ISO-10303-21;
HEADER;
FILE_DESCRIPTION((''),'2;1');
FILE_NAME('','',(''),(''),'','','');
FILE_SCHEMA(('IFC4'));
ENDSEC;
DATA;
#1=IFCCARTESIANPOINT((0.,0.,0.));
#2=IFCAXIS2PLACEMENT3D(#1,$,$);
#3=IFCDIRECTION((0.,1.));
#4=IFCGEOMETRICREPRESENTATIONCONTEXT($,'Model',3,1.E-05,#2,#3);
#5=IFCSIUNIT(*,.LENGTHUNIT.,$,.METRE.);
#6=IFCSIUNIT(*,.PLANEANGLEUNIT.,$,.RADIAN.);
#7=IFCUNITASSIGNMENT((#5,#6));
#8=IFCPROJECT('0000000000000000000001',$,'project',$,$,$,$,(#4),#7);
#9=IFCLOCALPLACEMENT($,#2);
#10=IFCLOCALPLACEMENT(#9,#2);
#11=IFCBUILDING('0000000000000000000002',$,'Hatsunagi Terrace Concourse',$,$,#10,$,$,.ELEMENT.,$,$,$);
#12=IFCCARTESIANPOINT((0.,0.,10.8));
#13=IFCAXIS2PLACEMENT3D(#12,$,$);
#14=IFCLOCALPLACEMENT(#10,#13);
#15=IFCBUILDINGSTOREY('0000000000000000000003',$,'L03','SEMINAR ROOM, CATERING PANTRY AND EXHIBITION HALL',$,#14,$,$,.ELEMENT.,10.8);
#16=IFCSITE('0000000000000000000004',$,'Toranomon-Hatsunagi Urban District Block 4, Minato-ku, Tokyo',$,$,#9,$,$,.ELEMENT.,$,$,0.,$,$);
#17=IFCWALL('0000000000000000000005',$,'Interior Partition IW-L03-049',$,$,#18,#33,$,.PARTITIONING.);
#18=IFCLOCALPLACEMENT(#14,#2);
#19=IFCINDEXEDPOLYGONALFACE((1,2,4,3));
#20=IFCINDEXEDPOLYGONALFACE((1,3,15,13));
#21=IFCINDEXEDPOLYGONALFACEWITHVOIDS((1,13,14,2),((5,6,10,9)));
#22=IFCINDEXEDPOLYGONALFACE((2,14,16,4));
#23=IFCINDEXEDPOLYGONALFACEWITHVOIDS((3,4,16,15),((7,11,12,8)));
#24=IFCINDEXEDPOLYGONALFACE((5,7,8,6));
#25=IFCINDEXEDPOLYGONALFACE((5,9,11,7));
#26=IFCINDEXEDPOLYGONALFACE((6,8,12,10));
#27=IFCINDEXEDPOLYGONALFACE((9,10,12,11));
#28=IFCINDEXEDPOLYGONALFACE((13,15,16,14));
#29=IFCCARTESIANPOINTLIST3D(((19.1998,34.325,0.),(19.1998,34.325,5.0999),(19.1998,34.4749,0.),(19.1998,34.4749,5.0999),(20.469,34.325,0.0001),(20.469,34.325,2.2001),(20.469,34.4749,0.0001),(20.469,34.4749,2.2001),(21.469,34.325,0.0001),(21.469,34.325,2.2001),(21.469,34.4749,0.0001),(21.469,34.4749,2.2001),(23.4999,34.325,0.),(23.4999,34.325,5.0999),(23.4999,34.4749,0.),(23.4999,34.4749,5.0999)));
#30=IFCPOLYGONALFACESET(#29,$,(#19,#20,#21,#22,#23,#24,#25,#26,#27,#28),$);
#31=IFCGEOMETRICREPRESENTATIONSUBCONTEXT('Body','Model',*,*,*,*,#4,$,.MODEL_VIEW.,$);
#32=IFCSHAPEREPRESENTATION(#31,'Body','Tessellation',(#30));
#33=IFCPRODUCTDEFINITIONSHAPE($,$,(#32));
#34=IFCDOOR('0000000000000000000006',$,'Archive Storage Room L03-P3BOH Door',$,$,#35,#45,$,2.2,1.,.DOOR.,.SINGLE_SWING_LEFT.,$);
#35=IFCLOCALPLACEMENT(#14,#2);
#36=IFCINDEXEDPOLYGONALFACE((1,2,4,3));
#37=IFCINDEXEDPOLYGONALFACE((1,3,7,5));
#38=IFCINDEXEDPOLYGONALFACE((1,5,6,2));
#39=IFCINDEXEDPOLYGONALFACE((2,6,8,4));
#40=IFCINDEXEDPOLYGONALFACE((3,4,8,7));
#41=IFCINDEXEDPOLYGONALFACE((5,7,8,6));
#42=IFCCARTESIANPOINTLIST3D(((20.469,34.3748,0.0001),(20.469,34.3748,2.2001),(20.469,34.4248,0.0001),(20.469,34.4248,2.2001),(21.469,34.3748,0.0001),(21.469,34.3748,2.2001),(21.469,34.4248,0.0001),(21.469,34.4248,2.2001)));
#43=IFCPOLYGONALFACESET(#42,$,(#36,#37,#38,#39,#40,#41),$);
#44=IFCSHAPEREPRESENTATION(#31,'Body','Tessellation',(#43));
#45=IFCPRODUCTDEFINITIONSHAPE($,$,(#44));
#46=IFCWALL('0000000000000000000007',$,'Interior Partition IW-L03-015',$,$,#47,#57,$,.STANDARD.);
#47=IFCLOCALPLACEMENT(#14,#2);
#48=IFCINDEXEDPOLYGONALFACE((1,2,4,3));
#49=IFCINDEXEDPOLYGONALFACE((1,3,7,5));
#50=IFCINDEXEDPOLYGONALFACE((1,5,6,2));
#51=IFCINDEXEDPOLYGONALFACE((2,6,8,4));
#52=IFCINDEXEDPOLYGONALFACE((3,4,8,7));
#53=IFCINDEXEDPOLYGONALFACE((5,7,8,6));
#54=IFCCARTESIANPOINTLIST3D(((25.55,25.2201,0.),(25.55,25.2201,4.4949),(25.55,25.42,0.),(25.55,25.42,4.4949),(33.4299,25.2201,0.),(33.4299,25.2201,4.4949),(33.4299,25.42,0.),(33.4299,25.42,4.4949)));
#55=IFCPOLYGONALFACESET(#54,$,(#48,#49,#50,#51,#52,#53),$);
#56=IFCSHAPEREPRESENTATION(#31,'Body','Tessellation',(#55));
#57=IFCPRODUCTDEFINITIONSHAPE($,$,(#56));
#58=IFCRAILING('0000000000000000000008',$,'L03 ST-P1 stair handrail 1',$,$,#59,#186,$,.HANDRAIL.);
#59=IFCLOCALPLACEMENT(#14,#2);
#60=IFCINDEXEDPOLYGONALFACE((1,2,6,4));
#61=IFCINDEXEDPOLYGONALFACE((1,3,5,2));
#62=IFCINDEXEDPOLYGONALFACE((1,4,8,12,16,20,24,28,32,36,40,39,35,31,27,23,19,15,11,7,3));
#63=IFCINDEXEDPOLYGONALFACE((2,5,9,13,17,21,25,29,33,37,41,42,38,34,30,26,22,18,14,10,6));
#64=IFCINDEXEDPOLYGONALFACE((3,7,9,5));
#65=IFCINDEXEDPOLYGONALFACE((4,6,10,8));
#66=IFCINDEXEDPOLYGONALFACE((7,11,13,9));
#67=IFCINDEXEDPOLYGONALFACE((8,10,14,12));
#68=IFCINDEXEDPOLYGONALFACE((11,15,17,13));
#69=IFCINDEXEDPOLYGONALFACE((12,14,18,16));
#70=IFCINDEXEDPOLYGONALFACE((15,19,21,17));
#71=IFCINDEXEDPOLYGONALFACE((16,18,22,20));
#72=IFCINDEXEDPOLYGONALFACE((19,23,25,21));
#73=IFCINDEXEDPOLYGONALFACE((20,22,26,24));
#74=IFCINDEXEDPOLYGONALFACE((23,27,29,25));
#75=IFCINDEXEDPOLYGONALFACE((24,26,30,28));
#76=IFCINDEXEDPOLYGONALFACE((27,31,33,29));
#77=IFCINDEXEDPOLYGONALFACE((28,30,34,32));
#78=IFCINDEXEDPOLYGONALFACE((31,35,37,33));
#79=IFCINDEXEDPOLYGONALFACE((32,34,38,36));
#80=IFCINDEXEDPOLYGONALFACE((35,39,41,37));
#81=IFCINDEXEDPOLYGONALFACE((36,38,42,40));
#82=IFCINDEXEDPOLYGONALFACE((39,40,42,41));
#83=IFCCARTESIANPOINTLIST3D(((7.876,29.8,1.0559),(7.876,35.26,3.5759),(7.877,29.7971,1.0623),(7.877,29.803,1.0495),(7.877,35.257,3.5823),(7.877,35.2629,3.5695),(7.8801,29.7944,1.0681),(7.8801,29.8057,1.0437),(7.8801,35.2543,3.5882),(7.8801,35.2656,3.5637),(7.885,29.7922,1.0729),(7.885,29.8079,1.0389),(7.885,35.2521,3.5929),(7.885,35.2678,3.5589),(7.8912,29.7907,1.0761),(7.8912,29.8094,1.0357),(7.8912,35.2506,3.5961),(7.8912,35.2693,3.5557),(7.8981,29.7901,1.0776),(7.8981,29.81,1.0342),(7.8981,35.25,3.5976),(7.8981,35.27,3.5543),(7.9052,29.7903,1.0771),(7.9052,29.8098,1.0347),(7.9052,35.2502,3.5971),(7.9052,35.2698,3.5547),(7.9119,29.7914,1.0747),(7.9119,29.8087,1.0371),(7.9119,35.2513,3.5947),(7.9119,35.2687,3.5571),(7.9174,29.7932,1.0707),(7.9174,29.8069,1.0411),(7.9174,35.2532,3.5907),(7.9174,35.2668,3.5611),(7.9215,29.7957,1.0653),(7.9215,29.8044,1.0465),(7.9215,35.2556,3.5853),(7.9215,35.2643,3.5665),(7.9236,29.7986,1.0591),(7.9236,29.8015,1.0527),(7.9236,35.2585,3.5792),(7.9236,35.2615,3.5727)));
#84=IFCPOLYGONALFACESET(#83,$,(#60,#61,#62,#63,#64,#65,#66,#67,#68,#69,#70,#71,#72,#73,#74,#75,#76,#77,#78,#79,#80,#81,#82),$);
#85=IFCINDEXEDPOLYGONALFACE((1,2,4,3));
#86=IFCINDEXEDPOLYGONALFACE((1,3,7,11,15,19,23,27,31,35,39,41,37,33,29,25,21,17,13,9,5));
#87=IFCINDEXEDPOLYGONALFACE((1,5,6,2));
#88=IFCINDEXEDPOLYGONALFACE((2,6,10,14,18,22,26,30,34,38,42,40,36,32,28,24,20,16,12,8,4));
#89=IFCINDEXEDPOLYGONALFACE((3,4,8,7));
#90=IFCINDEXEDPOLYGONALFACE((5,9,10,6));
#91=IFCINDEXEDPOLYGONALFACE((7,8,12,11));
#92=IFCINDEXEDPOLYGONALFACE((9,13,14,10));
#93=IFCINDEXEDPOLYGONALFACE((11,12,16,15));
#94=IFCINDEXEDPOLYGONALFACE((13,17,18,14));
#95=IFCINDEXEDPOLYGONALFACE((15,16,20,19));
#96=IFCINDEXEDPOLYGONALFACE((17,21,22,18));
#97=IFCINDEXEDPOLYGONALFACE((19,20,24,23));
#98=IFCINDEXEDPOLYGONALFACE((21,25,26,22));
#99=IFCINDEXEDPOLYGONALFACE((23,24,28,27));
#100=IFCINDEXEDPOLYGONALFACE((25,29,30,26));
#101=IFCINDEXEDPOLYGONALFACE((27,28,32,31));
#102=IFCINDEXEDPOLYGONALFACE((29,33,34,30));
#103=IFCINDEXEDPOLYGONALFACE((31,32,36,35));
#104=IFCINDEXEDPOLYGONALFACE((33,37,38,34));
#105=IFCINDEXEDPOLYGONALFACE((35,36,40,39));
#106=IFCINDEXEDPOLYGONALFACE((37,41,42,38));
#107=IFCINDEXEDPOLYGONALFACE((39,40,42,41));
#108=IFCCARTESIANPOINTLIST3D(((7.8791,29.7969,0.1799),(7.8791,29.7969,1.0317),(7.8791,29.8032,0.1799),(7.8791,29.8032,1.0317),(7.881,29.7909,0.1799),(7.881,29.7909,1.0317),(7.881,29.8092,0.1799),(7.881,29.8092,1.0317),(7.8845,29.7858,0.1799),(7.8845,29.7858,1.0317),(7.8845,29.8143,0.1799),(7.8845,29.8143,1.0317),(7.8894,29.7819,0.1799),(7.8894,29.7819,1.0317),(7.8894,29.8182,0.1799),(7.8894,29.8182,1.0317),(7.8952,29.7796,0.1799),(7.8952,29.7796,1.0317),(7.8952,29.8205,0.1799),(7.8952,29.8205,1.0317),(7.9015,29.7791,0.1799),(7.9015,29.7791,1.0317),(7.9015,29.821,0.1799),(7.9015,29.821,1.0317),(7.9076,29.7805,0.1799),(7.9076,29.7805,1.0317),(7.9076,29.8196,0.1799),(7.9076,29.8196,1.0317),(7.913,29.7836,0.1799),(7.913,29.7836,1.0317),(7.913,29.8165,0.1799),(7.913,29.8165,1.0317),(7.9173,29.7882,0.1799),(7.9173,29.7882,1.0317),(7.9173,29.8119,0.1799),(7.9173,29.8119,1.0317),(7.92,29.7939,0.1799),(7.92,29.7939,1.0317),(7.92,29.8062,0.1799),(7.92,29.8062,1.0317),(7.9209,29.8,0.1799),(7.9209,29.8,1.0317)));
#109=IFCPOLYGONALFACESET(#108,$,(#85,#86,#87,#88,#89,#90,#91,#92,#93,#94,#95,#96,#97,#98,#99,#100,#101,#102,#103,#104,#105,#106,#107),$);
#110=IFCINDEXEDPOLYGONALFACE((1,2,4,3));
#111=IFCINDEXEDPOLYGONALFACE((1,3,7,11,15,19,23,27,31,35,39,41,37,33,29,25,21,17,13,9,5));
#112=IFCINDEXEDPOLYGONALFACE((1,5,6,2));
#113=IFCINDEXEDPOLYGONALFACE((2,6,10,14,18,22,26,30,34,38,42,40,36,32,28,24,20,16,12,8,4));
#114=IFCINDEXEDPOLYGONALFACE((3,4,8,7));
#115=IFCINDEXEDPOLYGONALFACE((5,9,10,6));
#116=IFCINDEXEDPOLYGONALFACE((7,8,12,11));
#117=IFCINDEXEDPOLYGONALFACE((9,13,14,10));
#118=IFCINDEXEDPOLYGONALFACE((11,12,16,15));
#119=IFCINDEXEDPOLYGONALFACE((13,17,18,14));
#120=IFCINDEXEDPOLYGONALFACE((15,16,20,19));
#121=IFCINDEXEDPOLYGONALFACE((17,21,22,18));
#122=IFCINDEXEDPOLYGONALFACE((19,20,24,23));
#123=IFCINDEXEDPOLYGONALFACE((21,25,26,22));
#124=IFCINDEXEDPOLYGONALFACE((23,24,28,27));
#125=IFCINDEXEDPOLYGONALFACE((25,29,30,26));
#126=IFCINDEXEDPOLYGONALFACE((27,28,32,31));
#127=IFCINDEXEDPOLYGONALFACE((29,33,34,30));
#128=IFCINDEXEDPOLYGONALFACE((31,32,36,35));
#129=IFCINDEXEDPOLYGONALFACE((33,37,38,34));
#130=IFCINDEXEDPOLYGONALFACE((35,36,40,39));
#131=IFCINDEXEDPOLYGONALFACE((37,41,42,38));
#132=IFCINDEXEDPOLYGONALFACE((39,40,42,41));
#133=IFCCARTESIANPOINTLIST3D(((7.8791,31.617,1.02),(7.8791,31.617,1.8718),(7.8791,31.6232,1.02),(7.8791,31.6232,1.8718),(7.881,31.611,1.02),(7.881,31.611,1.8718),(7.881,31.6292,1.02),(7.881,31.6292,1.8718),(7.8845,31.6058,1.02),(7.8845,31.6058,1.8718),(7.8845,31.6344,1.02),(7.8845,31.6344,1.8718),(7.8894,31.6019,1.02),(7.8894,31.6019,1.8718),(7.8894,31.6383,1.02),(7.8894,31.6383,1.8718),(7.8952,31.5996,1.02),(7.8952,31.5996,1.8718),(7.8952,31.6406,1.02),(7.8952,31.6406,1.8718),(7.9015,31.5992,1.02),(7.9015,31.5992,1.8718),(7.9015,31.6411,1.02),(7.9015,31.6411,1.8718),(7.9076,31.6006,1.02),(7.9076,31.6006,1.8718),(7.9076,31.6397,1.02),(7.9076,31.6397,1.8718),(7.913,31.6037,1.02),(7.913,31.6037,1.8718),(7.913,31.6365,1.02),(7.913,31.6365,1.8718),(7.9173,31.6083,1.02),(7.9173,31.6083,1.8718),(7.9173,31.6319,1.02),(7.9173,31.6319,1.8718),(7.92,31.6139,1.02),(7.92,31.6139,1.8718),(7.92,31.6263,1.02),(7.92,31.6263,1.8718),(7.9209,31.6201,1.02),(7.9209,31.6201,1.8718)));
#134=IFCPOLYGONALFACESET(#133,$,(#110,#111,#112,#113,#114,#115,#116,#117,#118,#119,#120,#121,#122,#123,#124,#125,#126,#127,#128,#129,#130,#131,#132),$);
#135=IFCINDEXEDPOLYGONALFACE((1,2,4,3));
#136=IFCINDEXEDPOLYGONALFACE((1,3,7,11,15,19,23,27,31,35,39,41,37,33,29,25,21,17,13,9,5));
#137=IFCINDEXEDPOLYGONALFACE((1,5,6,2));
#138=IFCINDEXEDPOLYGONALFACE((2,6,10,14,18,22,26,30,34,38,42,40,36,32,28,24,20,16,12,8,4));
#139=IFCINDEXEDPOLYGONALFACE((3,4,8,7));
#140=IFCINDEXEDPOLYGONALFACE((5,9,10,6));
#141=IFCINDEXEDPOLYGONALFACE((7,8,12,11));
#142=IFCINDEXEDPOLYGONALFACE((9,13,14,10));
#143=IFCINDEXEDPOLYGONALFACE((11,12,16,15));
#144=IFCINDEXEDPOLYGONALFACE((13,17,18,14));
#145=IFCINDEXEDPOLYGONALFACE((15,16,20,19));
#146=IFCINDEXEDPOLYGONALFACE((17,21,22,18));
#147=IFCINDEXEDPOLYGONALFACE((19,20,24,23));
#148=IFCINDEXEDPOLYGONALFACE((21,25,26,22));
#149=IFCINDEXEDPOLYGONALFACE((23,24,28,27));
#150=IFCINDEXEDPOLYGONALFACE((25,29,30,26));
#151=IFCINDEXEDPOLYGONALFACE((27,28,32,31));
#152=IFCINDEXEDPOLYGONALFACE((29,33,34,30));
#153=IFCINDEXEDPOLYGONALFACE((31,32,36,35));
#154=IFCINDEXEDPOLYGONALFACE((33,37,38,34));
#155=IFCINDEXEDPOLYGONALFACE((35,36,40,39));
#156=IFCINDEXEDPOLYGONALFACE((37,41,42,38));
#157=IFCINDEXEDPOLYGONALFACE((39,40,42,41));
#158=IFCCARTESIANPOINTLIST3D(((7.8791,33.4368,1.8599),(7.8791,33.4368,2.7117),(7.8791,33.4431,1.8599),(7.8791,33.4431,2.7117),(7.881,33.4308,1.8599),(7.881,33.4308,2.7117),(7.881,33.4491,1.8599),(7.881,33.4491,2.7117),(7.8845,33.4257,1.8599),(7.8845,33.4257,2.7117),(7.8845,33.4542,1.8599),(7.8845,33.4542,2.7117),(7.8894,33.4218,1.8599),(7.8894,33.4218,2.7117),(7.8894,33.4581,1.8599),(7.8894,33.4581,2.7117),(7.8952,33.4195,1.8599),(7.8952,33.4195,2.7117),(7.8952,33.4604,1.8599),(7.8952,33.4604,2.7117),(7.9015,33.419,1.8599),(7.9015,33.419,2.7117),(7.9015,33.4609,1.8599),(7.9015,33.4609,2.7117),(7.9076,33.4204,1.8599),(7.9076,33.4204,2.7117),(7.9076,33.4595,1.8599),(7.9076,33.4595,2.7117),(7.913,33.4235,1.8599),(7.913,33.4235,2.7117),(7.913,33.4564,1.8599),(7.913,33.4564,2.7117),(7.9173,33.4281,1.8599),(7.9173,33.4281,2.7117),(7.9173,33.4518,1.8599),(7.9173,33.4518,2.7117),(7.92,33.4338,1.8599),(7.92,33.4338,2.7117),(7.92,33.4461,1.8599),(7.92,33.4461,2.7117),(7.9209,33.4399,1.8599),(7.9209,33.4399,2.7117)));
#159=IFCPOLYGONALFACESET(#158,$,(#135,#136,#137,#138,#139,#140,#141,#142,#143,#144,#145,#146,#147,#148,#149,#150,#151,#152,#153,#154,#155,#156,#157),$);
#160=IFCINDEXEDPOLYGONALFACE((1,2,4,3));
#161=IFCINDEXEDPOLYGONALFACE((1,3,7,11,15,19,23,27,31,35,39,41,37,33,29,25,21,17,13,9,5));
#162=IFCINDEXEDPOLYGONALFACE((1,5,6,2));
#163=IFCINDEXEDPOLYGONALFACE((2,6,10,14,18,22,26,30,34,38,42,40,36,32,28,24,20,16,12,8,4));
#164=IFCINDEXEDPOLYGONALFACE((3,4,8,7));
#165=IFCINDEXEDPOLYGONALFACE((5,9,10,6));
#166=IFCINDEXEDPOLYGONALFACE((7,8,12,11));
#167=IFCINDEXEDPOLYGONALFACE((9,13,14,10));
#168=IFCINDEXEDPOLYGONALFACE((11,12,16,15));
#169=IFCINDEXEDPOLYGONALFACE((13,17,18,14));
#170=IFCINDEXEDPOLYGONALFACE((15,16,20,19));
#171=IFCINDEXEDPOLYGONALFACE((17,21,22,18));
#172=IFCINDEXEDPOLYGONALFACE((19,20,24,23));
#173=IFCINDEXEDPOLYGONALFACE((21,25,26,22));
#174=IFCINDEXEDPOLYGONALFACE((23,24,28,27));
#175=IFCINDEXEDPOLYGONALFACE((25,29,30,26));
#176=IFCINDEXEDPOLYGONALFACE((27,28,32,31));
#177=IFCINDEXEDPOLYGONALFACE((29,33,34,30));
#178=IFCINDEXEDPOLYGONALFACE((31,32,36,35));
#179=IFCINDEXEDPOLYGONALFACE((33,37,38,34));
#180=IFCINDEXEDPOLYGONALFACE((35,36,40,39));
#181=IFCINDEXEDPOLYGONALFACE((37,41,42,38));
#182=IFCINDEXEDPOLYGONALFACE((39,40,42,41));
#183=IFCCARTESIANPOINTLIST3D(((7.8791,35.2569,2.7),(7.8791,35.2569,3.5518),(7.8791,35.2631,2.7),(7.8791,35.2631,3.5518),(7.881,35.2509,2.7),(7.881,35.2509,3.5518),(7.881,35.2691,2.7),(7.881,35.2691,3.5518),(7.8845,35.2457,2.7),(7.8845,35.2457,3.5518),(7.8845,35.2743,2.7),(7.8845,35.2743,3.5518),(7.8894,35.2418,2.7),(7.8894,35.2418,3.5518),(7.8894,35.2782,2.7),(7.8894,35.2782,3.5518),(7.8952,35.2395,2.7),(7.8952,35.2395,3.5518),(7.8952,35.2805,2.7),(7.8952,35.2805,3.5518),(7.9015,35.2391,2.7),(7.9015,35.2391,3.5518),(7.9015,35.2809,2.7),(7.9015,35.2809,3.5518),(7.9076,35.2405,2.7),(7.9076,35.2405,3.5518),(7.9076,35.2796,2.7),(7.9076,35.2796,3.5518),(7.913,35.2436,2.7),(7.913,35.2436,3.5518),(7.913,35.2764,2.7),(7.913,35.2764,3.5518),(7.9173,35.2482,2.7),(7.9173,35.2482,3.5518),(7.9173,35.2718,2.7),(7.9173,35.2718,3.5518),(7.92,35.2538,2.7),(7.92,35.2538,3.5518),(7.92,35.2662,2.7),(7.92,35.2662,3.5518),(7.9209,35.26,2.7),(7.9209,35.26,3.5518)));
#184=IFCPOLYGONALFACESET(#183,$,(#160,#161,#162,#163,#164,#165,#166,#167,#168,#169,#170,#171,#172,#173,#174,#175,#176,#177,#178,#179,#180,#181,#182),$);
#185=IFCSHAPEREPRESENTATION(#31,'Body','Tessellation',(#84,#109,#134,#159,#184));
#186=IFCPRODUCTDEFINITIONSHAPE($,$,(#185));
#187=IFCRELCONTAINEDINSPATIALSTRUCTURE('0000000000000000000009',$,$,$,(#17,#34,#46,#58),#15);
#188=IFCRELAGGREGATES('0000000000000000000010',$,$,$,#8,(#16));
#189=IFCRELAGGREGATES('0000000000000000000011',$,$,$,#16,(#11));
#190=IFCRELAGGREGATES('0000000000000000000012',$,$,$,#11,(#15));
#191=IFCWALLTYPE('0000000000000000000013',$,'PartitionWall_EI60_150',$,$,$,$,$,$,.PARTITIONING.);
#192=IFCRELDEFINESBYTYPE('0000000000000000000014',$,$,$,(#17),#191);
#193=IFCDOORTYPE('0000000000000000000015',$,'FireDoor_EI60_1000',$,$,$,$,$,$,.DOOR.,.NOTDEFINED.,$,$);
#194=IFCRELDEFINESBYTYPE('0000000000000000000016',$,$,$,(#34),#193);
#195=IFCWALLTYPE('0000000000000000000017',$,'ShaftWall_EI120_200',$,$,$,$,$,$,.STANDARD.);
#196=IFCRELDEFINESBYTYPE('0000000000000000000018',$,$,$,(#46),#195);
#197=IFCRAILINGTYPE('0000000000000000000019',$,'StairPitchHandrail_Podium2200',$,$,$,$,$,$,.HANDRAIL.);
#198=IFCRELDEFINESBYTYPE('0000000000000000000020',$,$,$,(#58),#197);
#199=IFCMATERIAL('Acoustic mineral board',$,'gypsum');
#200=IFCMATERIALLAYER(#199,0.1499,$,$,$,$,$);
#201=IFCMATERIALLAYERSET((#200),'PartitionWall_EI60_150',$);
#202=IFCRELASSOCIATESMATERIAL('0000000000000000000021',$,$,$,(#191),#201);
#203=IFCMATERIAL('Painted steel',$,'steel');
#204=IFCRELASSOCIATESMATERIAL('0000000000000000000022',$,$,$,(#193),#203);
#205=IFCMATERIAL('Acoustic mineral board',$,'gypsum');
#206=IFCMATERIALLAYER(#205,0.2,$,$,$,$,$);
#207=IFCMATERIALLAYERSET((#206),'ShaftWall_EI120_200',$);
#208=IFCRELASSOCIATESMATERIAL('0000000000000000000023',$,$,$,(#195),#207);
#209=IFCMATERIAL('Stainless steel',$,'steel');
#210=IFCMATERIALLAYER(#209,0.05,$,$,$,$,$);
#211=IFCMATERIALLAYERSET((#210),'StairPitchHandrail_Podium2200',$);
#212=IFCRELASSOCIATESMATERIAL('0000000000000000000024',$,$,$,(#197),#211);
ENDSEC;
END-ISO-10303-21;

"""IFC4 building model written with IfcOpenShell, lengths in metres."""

from ifc_helpers import new_model, si_unit, direction, frame, frame_2d, origin, origin_2d, place, context, subcontext, project, spatial, rectangle, circle, extrude, material, layer, layer_set, type_object, element, fill, save


model = new_model("IFC4")

# Units and contexts
model_context = context("Model", 3, precision=1e-05, world=origin(), true_north=direction((0.0, 1.0)))
body_context = subcontext(model_context, "Body", "Model", "MODEL_VIEW")
ifc_project = project(units=[si_unit("LENGTHUNIT", "METRE"), si_unit("PLANEANGLEUNIT", "RADIAN")], contexts=[model_context])

# Site, building, storey
site_placement = place(None, origin())
site = spatial("IfcSite", under=ifc_project, at=site_placement, Name="Toranomon-Hatsunagi Urban District Block 4, Minato-ku, Tokyo", CompositionType="ELEMENT", RefElevation=0.0)
building_placement = place(site_placement, origin())
building = spatial("IfcBuilding", under=site, at=building_placement, Name="Hatsunagi Terrace Concourse", CompositionType="ELEMENT")
storey_placement = place(building_placement, frame((0.0, 0.0, 10.8)))
storey = spatial("IfcBuildingStorey", under=building, at=storey_placement, Name="L03", Description="SEMINAR ROOM, CATERING PANTRY AND EXHIBITION HALL", CompositionType="ELEMENT", Elevation=10.8)

# Shared definitions
ifc_material_1 = material(Name="Acoustic mineral board", Category="gypsum")
ifc_layer_1 = layer(ifc_material_1, 0.1499)
ifc_layer_set_1 = layer_set([ifc_layer_1], Name="PartitionWall_EI60_150")
wall_type_1 = type_object("IfcWallType", Name="PartitionWall_EI60_150", PredefinedType="PARTITIONING", material=ifc_layer_set_1)

# Wall, opening, door
wall_1_placement = place(storey_placement, frame((19.2, 34.3999, 0.0), z_axis=(0.0, 0.0, 1.0), x_axis=(1.0, 0.0, 0.0)))
wall_1 = element("IfcWall", 1, at=wall_1_placement, inside=storey, type_object=wall_type_1, Name="Interior Partition IW-L03-049", PredefinedType="PARTITIONING", context=body_context, shape_type="SweptSolid", body=[
    extrude(rectangle(XDim=4.3, YDim=0.1499, at=frame_2d((2.1499, 0.0))), origin(), (0.0, 0.0, 1.0), 5.0999),
])
opening_1_placement = place(wall_1_placement, frame((1.269, 0.0, 0.0)))
opening_1 = element("IfcOpeningElement", 2, at=opening_1_placement, cuts=wall_1, PredefinedType="OPENING", context=body_context, shape_type="SweptSolid", body=[
    extrude(rectangle(XDim=1.0, YDim=2.2, at=frame_2d((0.5, 1.1001))), frame((0.0, 0.085, 0.0), z_axis=(0.0, -1.0, 0.0), x_axis=(1.0, 0.0, 0.0)), (0.0, 0.0, 1.0), 0.1699),
])
ifc_material_2 = material(Name="Painted steel", Category="steel")
door_type_1 = type_object("IfcDoorType", Name="FireDoor_EI60_1000", OperationType="NOTDEFINED", PredefinedType="DOOR", material=ifc_material_2)
door_1_placement = place(opening_1_placement, origin())
door_1 = element("IfcDoor", 3, at=door_1_placement, inside=storey, type_object=door_type_1, Name="Archive Storage Room L03-P3BOH Door", OperationType="SINGLE_SWING_LEFT", OverallHeight=2.2, OverallWidth=1.0, PredefinedType="DOOR", context=body_context, shape_type="SweptSolid", body=[
    extrude(rectangle(XDim=1.0, YDim=2.2, at=frame_2d((0.5, 1.1001))), frame((0.0, 0.0249, 0.0), z_axis=(0.0, -1.0, 0.0), x_axis=(1.0, 0.0, 0.0)), (0.0, 0.0, 1.0), 0.05),
])
fill(opening_1, door_1)

# Wall
ifc_material_3 = material(Name="Acoustic mineral board", Category="gypsum")
ifc_layer_2 = layer(ifc_material_3, 0.2)
ifc_layer_set_2 = layer_set([ifc_layer_2], Name="ShaftWall_EI120_200")
wall_type_2 = type_object("IfcWallType", Name="ShaftWall_EI120_200", PredefinedType="STANDARD", material=ifc_layer_set_2)
wall_2_placement = place(storey_placement, frame((25.55, 25.3201, 0.0), z_axis=(0.0, 0.0, 1.0), x_axis=(1.0, 0.0, 0.0)))
element("IfcWall", 4, at=wall_2_placement, inside=storey, type_object=wall_type_2, Name="Interior Partition IW-L03-015", PredefinedType="STANDARD", context=body_context, shape_type="SweptSolid", body=[
    extrude(rectangle(XDim=7.8799, YDim=0.2, at=frame_2d((3.9399, 0.0))), origin(), (0.0, 0.0, 1.0), 4.4949),
])

# Railing
ifc_material_4 = material(Name="Stainless steel", Category="steel")
ifc_layer_3 = layer(ifc_material_4, 0.05)
ifc_layer_set_3 = layer_set([ifc_layer_3], Name="StairPitchHandrail_Podium2200")
railing_type = type_object("IfcRailingType", Name="StairPitchHandrail_Podium2200", PredefinedType="HANDRAIL", material=ifc_layer_set_3)
railing_placement = place(storey_placement, frame((7.8999, 29.8, 0.1799)))
element("IfcRailing", 5, at=railing_placement, inside=storey, type_object=railing_type, Name="L03 ST-P1 stair handrail 1", PredefinedType="HANDRAIL", context=body_context, shape_type="SweptSolid", body=[
    extrude(circle(Radius=0.0239, at=origin_2d()), frame((0.0, 0.0, 0.876), z_axis=(0.0, 0.907957, 0.419063), x_axis=(-1.0, 0.0, 0.0)), (0.0, 0.0, 1.0), 6.0134),
    extrude(circle(Radius=0.021, at=origin_2d()), origin(), (0.0, 0.0, 1.0), 0.8518),
    extrude(circle(Radius=0.021, at=origin_2d()), frame((0.0, 1.8201, 0.8401)), (0.0, 0.0, 1.0), 0.8518),
    extrude(circle(Radius=0.021, at=origin_2d()), frame((0.0, 3.6399, 1.6799)), (0.0, 0.0, 1.0), 0.8518),
    extrude(circle(Radius=0.021, at=origin_2d()), frame((0.0, 5.46, 2.52)), (0.0, 0.0, 1.0), 0.8518),
])

save(model, "model.ifc")
